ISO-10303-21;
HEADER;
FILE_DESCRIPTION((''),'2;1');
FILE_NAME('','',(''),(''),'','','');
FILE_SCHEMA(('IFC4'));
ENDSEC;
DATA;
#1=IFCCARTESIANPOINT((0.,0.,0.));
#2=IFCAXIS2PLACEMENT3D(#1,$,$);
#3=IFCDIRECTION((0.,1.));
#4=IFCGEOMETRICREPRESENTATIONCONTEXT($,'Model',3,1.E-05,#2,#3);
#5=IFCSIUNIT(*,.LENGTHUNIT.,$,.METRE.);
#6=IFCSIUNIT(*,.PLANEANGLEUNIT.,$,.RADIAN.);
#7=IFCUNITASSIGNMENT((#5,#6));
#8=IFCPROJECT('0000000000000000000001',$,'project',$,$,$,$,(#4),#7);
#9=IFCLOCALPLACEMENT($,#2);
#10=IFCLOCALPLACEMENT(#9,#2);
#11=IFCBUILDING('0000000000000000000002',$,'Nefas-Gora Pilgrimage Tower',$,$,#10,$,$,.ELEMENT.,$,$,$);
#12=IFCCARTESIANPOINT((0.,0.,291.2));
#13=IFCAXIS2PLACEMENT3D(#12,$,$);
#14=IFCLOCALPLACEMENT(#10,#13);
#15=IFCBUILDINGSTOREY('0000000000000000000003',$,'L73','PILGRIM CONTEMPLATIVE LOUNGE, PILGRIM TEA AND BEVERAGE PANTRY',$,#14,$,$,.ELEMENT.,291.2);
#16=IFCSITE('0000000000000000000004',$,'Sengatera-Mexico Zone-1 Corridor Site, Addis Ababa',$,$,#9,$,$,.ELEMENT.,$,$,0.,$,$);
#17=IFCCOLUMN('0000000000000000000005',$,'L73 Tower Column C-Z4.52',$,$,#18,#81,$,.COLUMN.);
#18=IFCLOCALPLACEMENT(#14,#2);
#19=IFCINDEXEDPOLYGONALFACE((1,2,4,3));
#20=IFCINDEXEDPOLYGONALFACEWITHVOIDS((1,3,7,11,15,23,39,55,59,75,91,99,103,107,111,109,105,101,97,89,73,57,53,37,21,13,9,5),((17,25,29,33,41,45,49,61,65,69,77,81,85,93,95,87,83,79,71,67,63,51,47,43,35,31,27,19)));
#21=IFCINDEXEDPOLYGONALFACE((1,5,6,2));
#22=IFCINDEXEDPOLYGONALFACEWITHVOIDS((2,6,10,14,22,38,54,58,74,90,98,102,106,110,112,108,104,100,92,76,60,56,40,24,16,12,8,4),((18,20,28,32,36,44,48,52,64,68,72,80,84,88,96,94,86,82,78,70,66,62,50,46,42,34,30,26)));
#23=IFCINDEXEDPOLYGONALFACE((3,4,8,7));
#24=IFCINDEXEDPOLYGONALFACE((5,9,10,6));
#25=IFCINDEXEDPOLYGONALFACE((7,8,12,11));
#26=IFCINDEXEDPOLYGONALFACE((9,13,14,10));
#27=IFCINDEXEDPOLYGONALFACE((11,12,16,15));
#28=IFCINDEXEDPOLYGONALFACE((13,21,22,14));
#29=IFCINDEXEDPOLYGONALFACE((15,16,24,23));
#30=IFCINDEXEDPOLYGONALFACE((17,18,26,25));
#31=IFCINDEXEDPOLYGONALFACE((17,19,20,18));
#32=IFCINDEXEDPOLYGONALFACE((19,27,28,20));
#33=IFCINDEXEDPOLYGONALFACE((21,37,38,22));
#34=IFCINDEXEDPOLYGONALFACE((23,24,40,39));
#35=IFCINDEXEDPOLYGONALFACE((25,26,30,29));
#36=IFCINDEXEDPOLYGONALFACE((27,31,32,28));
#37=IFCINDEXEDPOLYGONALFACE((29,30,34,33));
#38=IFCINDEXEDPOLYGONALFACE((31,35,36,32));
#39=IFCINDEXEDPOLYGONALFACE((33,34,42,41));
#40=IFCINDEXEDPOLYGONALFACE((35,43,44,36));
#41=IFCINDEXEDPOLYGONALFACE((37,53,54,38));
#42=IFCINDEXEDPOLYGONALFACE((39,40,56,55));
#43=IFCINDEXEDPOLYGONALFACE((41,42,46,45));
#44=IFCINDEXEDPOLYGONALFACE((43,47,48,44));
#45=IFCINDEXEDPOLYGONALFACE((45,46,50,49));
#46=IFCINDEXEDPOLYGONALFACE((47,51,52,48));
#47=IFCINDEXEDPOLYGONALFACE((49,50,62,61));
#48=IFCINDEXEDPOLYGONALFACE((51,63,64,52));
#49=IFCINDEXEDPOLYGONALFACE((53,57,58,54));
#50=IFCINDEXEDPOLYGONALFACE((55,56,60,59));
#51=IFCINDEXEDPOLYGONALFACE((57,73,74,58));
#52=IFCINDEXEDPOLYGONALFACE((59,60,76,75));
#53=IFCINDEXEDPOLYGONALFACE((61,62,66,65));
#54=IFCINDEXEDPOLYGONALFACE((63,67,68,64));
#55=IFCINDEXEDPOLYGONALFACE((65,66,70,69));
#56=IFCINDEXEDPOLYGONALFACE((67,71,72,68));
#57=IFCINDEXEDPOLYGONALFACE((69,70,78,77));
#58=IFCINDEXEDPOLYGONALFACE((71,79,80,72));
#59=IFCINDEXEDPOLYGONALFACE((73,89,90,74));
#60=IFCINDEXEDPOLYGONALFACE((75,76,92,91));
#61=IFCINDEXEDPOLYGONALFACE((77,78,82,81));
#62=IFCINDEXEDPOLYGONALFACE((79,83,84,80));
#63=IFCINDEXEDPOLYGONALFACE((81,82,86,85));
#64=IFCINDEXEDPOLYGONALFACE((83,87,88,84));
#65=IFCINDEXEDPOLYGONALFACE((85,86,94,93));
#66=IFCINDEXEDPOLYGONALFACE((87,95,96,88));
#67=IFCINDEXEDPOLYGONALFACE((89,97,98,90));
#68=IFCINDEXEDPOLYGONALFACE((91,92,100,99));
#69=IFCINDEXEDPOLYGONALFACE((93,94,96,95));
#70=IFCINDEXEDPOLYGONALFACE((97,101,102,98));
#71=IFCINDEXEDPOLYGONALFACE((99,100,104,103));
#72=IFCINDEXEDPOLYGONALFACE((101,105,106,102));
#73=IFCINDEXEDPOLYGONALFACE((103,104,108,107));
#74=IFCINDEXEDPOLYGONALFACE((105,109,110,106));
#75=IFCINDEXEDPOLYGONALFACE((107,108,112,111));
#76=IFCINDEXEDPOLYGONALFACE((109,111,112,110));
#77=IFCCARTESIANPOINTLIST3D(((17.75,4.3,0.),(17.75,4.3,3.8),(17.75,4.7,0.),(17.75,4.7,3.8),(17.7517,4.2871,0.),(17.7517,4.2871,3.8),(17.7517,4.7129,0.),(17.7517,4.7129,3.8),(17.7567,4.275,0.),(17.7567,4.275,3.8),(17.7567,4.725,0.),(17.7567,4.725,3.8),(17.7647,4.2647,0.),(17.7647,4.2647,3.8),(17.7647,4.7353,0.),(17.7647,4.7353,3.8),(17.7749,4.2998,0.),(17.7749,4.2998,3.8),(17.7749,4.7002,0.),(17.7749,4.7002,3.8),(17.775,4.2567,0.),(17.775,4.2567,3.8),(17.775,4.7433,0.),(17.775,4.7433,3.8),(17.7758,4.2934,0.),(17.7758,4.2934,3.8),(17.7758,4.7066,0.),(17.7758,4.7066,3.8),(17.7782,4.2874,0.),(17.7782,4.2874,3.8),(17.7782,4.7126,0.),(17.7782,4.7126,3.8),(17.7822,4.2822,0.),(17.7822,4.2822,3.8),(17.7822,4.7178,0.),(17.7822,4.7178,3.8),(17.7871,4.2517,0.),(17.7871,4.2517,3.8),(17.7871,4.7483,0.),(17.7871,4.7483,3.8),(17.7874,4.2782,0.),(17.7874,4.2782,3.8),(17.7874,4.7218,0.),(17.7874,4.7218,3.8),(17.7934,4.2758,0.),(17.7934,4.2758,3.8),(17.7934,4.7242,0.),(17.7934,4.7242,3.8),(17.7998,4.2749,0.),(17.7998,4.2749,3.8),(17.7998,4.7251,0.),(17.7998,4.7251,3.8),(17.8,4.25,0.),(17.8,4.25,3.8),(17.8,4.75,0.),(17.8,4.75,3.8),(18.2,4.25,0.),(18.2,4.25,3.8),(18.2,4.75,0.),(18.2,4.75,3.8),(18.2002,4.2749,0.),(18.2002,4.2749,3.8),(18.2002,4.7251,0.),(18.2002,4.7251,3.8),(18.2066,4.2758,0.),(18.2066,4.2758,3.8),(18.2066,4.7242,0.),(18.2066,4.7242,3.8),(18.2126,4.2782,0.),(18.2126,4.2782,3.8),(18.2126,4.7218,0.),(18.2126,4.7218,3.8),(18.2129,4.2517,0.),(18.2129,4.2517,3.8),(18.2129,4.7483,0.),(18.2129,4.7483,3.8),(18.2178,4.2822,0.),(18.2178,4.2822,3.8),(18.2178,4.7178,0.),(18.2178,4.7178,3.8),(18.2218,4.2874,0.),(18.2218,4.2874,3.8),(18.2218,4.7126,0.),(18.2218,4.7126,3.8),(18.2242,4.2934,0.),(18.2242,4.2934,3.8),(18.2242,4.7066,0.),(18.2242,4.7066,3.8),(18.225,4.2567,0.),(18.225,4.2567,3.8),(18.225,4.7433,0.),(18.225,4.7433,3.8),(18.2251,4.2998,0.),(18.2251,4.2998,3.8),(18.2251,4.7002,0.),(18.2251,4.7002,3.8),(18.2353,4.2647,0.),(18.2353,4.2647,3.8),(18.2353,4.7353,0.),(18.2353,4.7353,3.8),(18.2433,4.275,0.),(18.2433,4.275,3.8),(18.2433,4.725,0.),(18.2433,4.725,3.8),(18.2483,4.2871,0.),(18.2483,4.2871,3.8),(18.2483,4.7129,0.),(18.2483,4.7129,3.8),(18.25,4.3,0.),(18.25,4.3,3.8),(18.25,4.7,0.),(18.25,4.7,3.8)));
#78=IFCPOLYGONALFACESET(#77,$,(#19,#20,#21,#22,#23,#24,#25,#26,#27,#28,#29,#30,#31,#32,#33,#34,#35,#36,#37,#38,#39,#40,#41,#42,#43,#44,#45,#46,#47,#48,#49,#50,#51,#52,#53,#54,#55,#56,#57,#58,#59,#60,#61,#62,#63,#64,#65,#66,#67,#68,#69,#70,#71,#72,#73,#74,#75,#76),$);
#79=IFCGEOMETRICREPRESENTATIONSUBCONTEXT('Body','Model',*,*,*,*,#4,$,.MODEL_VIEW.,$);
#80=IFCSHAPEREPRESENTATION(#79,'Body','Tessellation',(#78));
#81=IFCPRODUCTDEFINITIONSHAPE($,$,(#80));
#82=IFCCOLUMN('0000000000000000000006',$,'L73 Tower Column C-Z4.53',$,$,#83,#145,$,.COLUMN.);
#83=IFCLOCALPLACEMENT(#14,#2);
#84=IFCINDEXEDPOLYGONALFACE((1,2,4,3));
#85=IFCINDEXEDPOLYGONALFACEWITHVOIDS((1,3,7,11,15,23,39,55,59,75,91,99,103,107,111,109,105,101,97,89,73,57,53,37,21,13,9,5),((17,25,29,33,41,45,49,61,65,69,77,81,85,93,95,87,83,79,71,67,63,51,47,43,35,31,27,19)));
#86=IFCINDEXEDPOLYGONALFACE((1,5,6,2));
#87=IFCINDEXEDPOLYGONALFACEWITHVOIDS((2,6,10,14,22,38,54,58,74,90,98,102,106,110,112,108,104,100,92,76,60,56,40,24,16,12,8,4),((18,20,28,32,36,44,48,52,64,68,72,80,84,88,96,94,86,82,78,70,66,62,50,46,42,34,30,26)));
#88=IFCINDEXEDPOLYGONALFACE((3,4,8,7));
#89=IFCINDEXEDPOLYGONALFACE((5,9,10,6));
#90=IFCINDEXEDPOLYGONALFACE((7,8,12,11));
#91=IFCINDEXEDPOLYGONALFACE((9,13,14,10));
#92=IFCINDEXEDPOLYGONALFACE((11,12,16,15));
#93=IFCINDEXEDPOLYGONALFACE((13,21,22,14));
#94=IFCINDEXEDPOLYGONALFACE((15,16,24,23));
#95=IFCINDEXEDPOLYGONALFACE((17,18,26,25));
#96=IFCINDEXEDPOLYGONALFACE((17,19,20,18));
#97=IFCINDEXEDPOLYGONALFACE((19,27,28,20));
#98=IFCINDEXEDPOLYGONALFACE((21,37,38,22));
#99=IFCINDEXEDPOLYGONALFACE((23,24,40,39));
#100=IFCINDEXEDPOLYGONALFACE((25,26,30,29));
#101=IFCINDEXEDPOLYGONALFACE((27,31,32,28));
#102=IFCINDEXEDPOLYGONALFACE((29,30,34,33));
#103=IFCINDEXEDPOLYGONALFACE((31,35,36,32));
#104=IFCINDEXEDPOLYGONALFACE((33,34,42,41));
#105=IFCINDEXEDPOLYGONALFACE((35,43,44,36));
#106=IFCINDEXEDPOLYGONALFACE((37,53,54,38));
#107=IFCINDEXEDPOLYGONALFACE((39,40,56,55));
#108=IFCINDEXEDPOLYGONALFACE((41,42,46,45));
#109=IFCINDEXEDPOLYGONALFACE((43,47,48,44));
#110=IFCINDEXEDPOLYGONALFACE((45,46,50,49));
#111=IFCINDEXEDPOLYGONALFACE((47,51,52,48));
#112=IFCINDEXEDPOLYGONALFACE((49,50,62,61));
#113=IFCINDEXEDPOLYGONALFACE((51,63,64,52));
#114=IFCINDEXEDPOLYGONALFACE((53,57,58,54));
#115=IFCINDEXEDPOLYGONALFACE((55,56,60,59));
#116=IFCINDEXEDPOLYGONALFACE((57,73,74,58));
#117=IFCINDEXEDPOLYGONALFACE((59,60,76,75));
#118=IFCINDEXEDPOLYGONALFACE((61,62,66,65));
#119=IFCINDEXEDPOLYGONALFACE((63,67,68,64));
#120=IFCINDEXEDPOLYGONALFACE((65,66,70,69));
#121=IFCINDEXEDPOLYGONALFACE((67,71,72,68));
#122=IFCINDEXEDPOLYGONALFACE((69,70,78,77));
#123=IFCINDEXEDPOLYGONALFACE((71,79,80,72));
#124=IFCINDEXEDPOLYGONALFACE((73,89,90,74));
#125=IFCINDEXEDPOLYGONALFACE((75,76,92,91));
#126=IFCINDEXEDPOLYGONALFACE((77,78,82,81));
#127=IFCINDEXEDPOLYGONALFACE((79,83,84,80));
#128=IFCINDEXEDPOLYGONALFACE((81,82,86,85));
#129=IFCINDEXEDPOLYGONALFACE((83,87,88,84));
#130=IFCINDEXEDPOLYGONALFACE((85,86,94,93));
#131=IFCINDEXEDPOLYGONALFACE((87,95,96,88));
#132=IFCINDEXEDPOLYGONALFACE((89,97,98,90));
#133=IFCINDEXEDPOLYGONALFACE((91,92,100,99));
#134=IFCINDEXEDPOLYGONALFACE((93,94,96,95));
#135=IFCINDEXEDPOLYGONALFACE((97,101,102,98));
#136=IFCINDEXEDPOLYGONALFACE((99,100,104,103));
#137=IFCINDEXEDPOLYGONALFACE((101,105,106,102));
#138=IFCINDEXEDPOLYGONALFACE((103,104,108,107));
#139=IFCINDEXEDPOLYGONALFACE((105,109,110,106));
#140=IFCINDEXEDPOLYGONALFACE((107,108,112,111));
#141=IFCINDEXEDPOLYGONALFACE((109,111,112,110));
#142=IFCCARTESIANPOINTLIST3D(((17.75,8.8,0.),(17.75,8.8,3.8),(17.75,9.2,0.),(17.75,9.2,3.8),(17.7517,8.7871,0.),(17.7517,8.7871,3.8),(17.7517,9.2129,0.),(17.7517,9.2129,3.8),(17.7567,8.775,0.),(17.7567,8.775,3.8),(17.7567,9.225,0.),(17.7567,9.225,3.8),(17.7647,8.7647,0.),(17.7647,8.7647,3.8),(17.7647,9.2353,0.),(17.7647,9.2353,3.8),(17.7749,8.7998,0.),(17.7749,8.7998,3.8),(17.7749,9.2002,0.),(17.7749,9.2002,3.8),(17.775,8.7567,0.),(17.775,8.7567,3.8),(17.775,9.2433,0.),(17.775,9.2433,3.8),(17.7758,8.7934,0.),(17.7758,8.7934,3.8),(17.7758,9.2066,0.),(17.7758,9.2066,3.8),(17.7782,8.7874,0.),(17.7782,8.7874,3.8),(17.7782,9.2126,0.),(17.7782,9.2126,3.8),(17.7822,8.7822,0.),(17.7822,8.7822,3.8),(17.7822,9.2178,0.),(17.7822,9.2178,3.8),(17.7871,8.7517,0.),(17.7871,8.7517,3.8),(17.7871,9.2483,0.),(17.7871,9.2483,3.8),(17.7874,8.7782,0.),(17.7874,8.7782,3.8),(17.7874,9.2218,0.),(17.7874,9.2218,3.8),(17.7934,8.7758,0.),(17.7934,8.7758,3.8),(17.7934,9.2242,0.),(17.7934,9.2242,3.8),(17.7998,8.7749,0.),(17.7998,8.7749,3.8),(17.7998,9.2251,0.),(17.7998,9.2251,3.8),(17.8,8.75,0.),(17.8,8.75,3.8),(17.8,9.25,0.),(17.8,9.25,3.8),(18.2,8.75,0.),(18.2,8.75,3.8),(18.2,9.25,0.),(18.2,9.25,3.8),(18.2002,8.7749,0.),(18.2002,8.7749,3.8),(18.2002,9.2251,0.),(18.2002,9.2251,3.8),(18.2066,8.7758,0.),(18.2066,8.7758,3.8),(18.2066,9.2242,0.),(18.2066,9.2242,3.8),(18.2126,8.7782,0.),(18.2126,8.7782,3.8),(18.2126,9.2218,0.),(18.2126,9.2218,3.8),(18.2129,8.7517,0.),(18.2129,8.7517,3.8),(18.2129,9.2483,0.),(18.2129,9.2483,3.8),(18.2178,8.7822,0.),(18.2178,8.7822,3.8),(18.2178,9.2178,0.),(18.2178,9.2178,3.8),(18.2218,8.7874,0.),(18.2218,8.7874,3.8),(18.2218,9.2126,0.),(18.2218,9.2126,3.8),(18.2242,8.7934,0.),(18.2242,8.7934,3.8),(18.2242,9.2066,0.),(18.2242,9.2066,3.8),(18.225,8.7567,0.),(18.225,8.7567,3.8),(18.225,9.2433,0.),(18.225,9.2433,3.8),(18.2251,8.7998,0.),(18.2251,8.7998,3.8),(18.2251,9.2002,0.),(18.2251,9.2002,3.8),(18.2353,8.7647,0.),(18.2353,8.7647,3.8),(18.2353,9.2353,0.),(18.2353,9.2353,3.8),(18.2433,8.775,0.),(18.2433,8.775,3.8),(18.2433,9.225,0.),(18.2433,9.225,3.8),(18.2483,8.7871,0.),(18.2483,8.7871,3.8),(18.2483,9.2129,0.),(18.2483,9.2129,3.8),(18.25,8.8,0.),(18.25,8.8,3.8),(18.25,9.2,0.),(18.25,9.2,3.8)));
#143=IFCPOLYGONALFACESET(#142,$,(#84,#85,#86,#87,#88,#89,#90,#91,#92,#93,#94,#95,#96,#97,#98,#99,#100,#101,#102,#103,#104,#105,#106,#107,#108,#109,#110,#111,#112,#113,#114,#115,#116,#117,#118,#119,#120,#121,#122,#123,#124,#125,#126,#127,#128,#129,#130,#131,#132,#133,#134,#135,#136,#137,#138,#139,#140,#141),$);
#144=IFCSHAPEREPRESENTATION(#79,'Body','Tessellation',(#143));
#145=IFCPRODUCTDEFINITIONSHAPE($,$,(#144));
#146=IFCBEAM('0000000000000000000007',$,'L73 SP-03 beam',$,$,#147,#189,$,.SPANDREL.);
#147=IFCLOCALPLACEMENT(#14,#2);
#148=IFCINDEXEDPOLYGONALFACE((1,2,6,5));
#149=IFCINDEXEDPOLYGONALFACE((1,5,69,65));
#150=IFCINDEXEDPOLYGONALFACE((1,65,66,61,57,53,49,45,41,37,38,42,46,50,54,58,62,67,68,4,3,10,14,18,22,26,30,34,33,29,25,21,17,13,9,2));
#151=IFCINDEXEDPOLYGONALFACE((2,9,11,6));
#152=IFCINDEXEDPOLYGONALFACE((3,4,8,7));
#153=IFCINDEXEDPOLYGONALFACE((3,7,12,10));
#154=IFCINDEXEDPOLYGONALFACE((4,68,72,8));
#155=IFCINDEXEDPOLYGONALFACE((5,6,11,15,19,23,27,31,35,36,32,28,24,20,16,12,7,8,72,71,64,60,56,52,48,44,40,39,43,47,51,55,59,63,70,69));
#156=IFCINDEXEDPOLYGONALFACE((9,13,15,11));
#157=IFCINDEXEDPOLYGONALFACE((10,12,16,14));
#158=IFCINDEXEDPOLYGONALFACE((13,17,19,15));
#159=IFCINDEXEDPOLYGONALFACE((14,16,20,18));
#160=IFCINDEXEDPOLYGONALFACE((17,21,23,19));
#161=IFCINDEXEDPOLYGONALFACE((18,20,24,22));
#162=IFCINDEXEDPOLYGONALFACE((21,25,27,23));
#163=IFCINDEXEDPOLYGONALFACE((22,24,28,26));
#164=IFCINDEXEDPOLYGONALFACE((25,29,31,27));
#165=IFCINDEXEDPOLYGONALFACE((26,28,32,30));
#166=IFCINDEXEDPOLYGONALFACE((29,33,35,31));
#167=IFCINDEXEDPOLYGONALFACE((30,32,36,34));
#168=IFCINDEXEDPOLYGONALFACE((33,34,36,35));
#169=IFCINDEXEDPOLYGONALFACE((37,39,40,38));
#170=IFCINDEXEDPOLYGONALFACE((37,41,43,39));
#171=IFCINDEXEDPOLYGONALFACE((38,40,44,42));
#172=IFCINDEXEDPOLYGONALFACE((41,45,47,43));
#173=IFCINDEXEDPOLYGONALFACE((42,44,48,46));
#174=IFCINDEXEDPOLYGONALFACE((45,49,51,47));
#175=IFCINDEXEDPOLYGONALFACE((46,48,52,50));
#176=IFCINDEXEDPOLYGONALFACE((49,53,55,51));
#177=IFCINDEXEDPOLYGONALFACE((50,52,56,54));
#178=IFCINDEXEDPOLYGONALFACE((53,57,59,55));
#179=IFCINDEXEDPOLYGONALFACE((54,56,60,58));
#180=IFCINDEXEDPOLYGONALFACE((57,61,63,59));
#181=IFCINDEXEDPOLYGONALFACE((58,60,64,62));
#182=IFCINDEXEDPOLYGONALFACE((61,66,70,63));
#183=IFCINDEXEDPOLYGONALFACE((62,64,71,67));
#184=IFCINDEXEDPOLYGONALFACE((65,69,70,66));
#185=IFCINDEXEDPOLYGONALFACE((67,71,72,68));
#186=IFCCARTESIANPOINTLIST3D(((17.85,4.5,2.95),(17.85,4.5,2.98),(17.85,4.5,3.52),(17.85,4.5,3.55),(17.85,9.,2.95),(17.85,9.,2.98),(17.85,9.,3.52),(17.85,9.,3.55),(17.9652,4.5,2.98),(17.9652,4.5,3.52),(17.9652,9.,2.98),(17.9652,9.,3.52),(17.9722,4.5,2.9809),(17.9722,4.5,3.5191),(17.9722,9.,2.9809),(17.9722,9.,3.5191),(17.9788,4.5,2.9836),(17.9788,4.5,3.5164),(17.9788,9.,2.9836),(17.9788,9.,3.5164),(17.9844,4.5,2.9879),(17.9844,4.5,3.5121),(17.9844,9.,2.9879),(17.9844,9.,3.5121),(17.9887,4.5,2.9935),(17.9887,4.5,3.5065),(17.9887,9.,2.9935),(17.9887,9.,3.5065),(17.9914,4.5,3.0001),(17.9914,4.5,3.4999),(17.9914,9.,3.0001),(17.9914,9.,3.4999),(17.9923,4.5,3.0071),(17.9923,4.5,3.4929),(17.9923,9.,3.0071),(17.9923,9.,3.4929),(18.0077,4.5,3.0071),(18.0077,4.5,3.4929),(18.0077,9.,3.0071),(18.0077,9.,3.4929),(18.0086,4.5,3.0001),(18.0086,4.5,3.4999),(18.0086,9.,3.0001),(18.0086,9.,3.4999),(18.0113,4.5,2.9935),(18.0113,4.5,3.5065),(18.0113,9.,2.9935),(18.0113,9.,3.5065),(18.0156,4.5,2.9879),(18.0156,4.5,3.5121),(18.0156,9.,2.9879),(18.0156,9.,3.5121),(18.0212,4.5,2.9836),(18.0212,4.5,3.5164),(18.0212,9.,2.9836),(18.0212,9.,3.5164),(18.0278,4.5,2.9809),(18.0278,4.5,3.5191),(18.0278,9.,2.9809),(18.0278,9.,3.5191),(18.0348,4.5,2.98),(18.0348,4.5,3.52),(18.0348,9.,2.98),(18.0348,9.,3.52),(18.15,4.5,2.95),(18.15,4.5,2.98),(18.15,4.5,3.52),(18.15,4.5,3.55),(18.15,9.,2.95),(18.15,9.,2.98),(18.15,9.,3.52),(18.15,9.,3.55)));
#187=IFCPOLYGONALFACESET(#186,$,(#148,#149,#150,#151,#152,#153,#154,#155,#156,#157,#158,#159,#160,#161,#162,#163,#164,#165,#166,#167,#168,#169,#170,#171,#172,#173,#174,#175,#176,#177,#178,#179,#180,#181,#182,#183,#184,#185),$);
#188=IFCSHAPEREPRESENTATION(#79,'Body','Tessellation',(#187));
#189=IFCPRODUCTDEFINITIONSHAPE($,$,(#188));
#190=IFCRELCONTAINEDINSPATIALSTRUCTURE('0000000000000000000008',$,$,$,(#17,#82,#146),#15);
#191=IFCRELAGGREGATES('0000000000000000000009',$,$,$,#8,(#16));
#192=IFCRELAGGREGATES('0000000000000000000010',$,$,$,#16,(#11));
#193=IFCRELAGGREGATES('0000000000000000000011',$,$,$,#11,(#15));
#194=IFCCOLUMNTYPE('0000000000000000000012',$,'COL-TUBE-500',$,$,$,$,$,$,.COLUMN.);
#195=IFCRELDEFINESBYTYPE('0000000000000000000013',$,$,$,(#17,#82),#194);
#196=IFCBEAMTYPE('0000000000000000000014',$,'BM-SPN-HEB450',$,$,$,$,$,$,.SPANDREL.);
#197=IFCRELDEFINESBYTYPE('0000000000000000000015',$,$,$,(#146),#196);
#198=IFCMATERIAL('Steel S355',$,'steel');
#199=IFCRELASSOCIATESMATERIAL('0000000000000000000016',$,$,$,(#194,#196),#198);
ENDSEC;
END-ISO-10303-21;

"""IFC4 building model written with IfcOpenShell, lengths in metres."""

from ifc_helpers import new_model, si_unit, direction, frame, origin, origin_2d, place, context, subcontext, project, spatial, hollow_rectangle, i_section, extrude, source, transform, mapped, material, material_profile, profile_set, type_object, element, save


model = new_model("IFC4")

# Units and contexts
model_context = context("Model", 3, precision=1e-05, world=origin(), true_north=direction((0.0, 1.0)))
body_context = subcontext(model_context, "Body", "Model", "MODEL_VIEW")
ifc_project = project(units=[si_unit("LENGTHUNIT", "METRE"), si_unit("PLANEANGLEUNIT", "RADIAN")], contexts=[model_context])

# Site, building, storey
site_placement = place(None, origin())
site = spatial("IfcSite", under=ifc_project, at=site_placement, Name="Sengatera-Mexico Zone-1 Corridor Site, Addis Ababa", CompositionType="ELEMENT", RefElevation=0.0)
building_placement = place(site_placement, origin())
building = spatial("IfcBuilding", under=site, at=building_placement, Name="Nefas-Gora Pilgrimage Tower", CompositionType="ELEMENT")
storey_placement = place(building_placement, frame((0.0, 0.0, 291.2)))
storey = spatial("IfcBuildingStorey", under=building, at=storey_placement, Name="L73", Description="PILGRIM CONTEMPLATIVE LOUNGE, PILGRIM TEA AND BEVERAGE PANTRY", CompositionType="ELEMENT", Elevation=291.2)

# Columns
ifc_material_1 = material(Name="Steel S355", Category="steel")
ifc_material_profile_1 = material_profile(ifc_material_1, hollow_rectangle(XDim=0.5, YDim=0.5, WallThickness=0.0249, InnerFilletRadius=0.0249, OuterFilletRadius=0.05, at=origin_2d()), Name="SHS 500x500x25")
ifc_profile_set_1 = profile_set([ifc_material_profile_1], Name="Steel S355")
column_type_1 = type_object("IfcColumnType", Name="COL-TUBE-500", PredefinedType="COLUMN", material=ifc_profile_set_1)
shared_shape_1 = source(origin(), body_context, "Body", "SweptSolid", [
    extrude(hollow_rectangle(XDim=0.5, YDim=0.5, WallThickness=0.0249, InnerFilletRadius=0.0249, OuterFilletRadius=0.05, at=origin_2d()), origin(), (0.0, 0.0, 1.0), 3.8),
])
for number, where, z_axis, x_axis, name in (
    (1, (18.0, 4.5, 0.0), (0.0, 0.0, 1.0), (1.0, 0.0, 0.0), "L73 Tower Column C-Z4.52"),
    (2, (18.0, 9.0, 0.0), (0.0, 0.0, 1.0), (1.0, 0.0, 0.0), "L73 Tower Column C-Z4.53"),
):
    element("IfcColumn", number, at=place(storey_placement, frame(where, z_axis=z_axis, x_axis=x_axis)), inside=storey, type_object=column_type_1, Name=name, PredefinedType="COLUMN", context=body_context, shape_type="MappedRepresentation", body=[
        mapped(shared_shape_1, transform((0.0, 0.0, 0.0), x_axis=(1.0, 0.0, 0.0), y_axis=(0.0, 1.0, 0.0), z_axis=(0.0, 0.0, 1.0), scale=1.0)),
    ])

# Beam
ifc_material_profile_2 = material_profile(ifc_material_1, i_section(OverallWidth=0.3, OverallDepth=0.6001, WebThickness=0.0154, FlangeThickness=0.03, FilletRadius=0.0271, at=origin_2d()), Name="HEB 600")
ifc_profile_set_2 = profile_set([ifc_material_profile_2], Name="Steel S355")
beam_type_1 = type_object("IfcBeamType", Name="BM-SPN-HEB450", PredefinedType="SPANDREL", material=ifc_profile_set_2)
shared_shape_2 = source(origin(), body_context, "Body", "SweptSolid", [
    extrude(i_section(OverallWidth=0.3, OverallDepth=0.6001, WebThickness=0.0154, FlangeThickness=0.03, FilletRadius=0.0271, at=origin_2d()), origin(), (0.0, 0.0, 1.0), 4.5),
])
for number, where, z_axis, x_axis, name in (
    (3, (18.0, 4.5, 3.25), (0.0, 1.0, 0.0), (-1.0, 0.0, 0.0), "L73 SP-03 beam"),
):
    element("IfcBeam", number, at=place(storey_placement, frame(where, z_axis=z_axis, x_axis=x_axis)), inside=storey, type_object=beam_type_1, Name=name, PredefinedType="SPANDREL", context=body_context, shape_type="MappedRepresentation", body=[
        mapped(shared_shape_2, transform((0.0, 0.0, 0.0), x_axis=(1.0, 0.0, 0.0), y_axis=(0.0, 1.0, 0.0), z_axis=(0.0, 0.0, 1.0), scale=1.0)),
    ])

save(model, "model.ifc")
